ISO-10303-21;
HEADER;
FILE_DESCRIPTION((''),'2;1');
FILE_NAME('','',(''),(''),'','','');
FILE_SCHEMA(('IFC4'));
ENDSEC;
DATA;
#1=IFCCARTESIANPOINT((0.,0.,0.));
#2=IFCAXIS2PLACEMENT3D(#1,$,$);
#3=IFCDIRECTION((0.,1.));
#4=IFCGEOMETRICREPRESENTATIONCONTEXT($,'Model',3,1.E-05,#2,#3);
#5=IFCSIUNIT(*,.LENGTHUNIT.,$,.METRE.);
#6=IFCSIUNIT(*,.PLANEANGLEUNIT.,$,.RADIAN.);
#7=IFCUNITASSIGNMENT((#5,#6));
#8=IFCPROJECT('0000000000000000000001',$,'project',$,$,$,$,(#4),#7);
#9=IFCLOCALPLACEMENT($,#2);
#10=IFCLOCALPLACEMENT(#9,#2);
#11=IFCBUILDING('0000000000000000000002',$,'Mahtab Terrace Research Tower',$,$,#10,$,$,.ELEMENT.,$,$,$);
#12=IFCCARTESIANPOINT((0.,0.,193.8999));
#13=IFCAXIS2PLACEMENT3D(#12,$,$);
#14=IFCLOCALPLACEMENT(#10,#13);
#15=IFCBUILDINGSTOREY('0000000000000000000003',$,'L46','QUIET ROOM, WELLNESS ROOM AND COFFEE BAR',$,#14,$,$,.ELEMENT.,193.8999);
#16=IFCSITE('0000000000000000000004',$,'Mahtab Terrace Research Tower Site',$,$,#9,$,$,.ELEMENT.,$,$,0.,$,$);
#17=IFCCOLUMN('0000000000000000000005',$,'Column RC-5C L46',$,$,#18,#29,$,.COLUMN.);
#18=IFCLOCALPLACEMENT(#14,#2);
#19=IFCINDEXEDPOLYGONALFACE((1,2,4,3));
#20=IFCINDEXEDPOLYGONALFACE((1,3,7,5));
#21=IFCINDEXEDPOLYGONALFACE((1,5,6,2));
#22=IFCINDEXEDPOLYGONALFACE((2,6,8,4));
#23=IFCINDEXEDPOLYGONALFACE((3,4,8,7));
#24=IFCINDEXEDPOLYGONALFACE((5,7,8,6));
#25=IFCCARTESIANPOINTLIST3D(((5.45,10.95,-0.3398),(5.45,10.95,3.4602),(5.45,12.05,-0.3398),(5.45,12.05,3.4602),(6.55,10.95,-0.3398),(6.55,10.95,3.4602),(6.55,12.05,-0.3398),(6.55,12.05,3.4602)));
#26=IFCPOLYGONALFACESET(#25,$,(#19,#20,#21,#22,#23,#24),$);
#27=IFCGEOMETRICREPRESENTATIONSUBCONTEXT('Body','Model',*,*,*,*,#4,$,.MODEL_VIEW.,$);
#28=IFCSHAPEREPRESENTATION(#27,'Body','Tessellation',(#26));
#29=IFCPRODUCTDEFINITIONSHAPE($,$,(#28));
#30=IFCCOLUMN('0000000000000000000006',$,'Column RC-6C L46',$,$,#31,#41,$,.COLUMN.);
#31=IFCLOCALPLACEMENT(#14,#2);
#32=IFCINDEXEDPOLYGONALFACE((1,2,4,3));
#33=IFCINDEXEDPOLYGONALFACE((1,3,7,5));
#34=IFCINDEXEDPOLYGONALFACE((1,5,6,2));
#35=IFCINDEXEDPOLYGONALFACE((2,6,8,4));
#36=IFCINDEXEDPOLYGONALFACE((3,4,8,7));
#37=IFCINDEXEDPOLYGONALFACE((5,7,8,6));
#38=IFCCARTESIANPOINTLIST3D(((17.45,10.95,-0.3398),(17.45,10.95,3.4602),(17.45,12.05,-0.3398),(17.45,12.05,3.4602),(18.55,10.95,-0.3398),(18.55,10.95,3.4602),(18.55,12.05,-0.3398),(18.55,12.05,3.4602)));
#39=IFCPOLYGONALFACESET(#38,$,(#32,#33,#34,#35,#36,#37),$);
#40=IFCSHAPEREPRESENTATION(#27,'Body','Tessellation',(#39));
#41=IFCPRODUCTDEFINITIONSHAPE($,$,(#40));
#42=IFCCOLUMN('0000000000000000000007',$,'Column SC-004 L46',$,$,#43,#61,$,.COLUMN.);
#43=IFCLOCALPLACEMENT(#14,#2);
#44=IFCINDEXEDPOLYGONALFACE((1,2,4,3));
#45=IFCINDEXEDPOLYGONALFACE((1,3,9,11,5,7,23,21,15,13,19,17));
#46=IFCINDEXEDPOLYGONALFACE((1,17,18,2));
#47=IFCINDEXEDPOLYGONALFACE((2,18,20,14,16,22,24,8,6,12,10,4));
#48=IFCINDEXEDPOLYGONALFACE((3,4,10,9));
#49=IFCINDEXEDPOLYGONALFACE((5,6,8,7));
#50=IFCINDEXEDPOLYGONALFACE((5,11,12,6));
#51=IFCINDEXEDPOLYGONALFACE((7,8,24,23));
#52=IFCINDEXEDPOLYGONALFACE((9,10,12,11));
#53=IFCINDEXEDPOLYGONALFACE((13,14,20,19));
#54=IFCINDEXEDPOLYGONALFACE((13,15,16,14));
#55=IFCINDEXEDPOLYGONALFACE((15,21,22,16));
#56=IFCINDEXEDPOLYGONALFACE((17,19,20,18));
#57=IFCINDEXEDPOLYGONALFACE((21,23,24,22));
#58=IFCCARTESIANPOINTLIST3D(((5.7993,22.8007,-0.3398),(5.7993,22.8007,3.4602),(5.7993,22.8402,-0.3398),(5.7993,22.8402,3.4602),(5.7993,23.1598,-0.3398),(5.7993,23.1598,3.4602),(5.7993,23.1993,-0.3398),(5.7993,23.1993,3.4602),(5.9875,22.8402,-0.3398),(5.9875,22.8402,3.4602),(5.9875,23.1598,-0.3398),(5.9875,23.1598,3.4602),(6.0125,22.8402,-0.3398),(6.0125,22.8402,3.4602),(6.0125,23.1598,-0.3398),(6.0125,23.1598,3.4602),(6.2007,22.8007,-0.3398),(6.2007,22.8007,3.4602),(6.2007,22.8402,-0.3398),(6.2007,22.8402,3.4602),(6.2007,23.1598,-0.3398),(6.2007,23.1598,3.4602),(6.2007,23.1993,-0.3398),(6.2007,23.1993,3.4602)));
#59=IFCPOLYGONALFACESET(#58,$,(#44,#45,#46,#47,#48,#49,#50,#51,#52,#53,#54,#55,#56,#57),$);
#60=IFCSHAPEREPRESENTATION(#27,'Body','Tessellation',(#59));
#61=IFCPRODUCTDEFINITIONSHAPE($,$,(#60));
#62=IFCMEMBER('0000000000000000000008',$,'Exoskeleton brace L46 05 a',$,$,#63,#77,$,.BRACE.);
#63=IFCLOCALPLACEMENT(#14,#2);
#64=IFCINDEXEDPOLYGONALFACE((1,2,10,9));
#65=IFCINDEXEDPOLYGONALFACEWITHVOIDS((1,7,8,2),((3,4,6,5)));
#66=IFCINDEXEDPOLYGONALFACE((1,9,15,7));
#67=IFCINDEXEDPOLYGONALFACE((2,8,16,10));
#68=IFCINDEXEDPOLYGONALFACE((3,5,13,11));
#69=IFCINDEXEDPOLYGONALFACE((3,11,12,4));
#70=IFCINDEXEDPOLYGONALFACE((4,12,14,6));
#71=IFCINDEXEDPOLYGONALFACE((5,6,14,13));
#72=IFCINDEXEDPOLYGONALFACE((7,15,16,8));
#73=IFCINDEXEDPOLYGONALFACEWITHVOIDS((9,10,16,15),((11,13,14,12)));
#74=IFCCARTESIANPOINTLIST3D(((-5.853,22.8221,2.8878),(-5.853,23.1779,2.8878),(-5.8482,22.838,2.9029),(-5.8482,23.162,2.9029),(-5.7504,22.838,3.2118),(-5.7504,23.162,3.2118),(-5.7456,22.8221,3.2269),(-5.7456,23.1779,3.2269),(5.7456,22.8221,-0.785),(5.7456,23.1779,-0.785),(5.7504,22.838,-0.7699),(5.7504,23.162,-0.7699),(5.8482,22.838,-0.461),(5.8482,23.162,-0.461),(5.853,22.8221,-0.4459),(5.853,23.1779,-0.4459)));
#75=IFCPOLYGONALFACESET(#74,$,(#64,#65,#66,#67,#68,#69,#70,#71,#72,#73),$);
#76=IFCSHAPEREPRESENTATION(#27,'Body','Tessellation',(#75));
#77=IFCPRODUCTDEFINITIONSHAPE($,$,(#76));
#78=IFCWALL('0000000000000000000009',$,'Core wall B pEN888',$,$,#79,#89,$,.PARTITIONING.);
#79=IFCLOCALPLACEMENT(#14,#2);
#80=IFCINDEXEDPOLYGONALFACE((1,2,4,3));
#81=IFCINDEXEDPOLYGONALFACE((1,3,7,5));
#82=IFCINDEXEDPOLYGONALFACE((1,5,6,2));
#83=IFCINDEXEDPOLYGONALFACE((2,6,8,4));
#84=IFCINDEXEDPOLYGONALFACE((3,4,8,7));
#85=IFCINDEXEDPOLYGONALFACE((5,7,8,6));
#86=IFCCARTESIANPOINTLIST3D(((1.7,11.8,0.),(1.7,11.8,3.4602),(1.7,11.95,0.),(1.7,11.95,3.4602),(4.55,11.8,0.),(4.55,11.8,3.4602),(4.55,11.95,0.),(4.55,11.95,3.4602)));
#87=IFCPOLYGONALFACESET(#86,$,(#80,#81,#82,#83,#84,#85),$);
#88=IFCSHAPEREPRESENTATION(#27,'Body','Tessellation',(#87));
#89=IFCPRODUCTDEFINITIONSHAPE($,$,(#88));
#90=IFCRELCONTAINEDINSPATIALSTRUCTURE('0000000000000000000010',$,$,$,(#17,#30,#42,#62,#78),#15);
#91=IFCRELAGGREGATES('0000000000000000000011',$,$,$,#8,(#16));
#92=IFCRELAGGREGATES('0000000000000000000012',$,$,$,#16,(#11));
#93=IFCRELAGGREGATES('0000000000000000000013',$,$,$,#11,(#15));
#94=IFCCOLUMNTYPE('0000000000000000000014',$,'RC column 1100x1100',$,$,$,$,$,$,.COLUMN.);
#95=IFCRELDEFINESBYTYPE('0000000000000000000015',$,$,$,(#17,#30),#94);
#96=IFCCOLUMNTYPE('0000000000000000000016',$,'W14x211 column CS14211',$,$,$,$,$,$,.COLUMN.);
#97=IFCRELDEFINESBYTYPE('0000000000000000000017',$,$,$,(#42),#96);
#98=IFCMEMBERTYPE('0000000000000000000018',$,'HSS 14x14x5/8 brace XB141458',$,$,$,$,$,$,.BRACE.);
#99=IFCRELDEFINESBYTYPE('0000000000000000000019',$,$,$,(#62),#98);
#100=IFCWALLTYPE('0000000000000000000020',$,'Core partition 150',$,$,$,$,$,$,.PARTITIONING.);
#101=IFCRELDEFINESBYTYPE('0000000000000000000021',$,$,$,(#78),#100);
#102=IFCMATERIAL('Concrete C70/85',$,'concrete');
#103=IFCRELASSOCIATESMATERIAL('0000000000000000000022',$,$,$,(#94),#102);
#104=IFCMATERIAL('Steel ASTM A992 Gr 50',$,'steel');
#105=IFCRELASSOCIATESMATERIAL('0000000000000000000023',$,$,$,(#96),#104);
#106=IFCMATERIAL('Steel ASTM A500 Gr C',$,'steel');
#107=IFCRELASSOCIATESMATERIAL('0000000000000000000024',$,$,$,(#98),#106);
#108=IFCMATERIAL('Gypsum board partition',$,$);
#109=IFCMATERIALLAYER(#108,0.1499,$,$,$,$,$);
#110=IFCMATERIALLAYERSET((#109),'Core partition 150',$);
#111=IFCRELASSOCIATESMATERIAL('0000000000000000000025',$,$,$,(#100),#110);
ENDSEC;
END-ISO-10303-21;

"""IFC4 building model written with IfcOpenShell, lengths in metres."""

from ifc_helpers import new_model, si_unit, direction, frame, frame_2d, origin, origin_2d, place, context, subcontext, project, spatial, rectangle, hollow_rectangle, i_section, extrude, material, layer, layer_set, material_profile, profile_set, type_object, element, save


model = new_model("IFC4")

# Units and contexts
model_context = context("Model", 3, precision=1e-05, world=origin(), true_north=direction((0.0, 1.0)))
body_context = subcontext(model_context, "Body", "Model", "MODEL_VIEW")
ifc_project = project(units=[si_unit("LENGTHUNIT", "METRE"), si_unit("PLANEANGLEUNIT", "RADIAN")], contexts=[model_context])

# Site, building, storey
site_placement = place(None, origin())
site = spatial("IfcSite", under=ifc_project, at=site_placement, Name="Mahtab Terrace Research Tower Site", CompositionType="ELEMENT", RefElevation=0.0)
building_placement = place(site_placement, origin())
building = spatial("IfcBuilding", under=site, at=building_placement, Name="Mahtab Terrace Research Tower", CompositionType="ELEMENT")
storey_placement = place(building_placement, frame((0.0, 0.0, 193.8999)))
storey = spatial("IfcBuildingStorey", under=building, at=storey_placement, Name="L46", Description="QUIET ROOM, WELLNESS ROOM AND COFFEE BAR", CompositionType="ELEMENT", Elevation=193.8999)

# Columns
ifc_material_1 = material(Name="Concrete C70/85", Category="concrete")
ifc_material_profile_1 = material_profile(ifc_material_1, rectangle(XDim=1.1001, YDim=1.1001, at=origin_2d()), Name="RC column 1100x1100")
ifc_profile_set_1 = profile_set([ifc_material_profile_1], Name="Concrete C70/85")
column_type_1 = type_object("IfcColumnType", Name="RC column 1100x1100", PredefinedType="COLUMN", material=ifc_profile_set_1)
for number, where, z_axis, x_axis, name in (
    (1, (6.0, 11.5, -0.3398), (0.0, 0.0, 1.0), (1.0, 0.0, 0.0), "Column RC-5C L46"),
    (2, (18.0, 11.5, -0.3398), (0.0, 0.0, 1.0), (1.0, 0.0, 0.0), "Column RC-6C L46"),
):
    element("IfcColumn", number, at=place(storey_placement, frame(where, z_axis=z_axis, x_axis=x_axis)), inside=storey, type_object=column_type_1, Name=name, PredefinedType="COLUMN", context=body_context, shape_type="SweptSolid", body=[
        extrude(rectangle(XDim=1.1001, YDim=1.1001, at=origin_2d()), origin(), (0.0, 0.0, 1.0), 3.8),
    ])
ifc_material_2 = material(Name="Steel ASTM A992 Gr 50", Category="steel")
ifc_material_profile_2 = material_profile(ifc_material_2, i_section(OverallWidth=0.4014, OverallDepth=0.3987, WebThickness=0.0249, FlangeThickness=0.0396, at=origin_2d()), Name="W14X211")
ifc_profile_set_2 = profile_set([ifc_material_profile_2], Name="Steel ASTM A992 Gr 50")
column_type_2 = type_object("IfcColumnType", Name="W14x211 column CS14211", PredefinedType="COLUMN", material=ifc_profile_set_2)
column_placement = place(storey_placement, frame((6.0, 23.0, -0.3398), z_axis=(0.0, 0.0, 1.0), x_axis=(1.0, 0.0, 0.0)))
element("IfcColumn", 3, at=column_placement, inside=storey, type_object=column_type_2, Name="Column SC-004 L46", PredefinedType="COLUMN", context=body_context, shape_type="SweptSolid", body=[
    extrude(i_section(OverallWidth=0.4014, OverallDepth=0.3987, WebThickness=0.0249, FlangeThickness=0.0396, at=origin_2d()), origin(), (0.0, 0.0, 1.0), 3.8),
])

# Member
ifc_material_3 = material(Name="Steel ASTM A500 Gr C", Category="steel")
ifc_material_profile_3 = material_profile(ifc_material_3, hollow_rectangle(XDim=0.3557, YDim=0.3557, WallThickness=0.0159, at=origin_2d()), Name="HSS14X14X5/8")
ifc_profile_set_3 = profile_set([ifc_material_profile_3], Name="Steel ASTM A500 Gr C")
member_type = type_object("IfcMemberType", Name="HSS 14x14x5/8 brace XB141458", PredefinedType="BRACE", material=ifc_profile_set_3)
member_placement = place(storey_placement, frame((5.7993, 23.0, -0.6155), z_axis=(-0.953343, 0.0, 0.301888), x_axis=(0.0, -1.0, 0.0)))
element("IfcMember", 4, at=member_placement, inside=storey, type_object=member_type, Name="Exoskeleton brace L46 05 a", PredefinedType="BRACE", context=body_context, shape_type="SweptSolid", body=[
    extrude(hollow_rectangle(XDim=0.3557, YDim=0.3557, WallThickness=0.0159, at=origin_2d()), origin(), (0.0, 0.0, 1.0), 12.1663),
])

# Wall
ifc_material_4 = material(Name="Gypsum board partition")
ifc_layer_1 = layer(ifc_material_4, 0.1499)
ifc_layer_set_1 = layer_set([ifc_layer_1], Name="Core partition 150")
wall_type_1 = type_object("IfcWallType", Name="Core partition 150", PredefinedType="PARTITIONING", material=ifc_layer_set_1)
wall_1_placement = place(storey_placement, frame((1.7, 11.875, 0.0), z_axis=(0.0, 0.0, 1.0), x_axis=(1.0, 0.0, 0.0)))
element("IfcWall", 5, at=wall_1_placement, inside=storey, type_object=wall_type_1, Name="Core wall B pEN888", PredefinedType="PARTITIONING", context=body_context, shape_type="SweptSolid", body=[
    extrude(rectangle(XDim=2.8501, YDim=0.1499, at=frame_2d((1.425, 0.0))), origin(), (0.0, 0.0, 1.0), 3.4602),
])

save(model, "model.ifc")
